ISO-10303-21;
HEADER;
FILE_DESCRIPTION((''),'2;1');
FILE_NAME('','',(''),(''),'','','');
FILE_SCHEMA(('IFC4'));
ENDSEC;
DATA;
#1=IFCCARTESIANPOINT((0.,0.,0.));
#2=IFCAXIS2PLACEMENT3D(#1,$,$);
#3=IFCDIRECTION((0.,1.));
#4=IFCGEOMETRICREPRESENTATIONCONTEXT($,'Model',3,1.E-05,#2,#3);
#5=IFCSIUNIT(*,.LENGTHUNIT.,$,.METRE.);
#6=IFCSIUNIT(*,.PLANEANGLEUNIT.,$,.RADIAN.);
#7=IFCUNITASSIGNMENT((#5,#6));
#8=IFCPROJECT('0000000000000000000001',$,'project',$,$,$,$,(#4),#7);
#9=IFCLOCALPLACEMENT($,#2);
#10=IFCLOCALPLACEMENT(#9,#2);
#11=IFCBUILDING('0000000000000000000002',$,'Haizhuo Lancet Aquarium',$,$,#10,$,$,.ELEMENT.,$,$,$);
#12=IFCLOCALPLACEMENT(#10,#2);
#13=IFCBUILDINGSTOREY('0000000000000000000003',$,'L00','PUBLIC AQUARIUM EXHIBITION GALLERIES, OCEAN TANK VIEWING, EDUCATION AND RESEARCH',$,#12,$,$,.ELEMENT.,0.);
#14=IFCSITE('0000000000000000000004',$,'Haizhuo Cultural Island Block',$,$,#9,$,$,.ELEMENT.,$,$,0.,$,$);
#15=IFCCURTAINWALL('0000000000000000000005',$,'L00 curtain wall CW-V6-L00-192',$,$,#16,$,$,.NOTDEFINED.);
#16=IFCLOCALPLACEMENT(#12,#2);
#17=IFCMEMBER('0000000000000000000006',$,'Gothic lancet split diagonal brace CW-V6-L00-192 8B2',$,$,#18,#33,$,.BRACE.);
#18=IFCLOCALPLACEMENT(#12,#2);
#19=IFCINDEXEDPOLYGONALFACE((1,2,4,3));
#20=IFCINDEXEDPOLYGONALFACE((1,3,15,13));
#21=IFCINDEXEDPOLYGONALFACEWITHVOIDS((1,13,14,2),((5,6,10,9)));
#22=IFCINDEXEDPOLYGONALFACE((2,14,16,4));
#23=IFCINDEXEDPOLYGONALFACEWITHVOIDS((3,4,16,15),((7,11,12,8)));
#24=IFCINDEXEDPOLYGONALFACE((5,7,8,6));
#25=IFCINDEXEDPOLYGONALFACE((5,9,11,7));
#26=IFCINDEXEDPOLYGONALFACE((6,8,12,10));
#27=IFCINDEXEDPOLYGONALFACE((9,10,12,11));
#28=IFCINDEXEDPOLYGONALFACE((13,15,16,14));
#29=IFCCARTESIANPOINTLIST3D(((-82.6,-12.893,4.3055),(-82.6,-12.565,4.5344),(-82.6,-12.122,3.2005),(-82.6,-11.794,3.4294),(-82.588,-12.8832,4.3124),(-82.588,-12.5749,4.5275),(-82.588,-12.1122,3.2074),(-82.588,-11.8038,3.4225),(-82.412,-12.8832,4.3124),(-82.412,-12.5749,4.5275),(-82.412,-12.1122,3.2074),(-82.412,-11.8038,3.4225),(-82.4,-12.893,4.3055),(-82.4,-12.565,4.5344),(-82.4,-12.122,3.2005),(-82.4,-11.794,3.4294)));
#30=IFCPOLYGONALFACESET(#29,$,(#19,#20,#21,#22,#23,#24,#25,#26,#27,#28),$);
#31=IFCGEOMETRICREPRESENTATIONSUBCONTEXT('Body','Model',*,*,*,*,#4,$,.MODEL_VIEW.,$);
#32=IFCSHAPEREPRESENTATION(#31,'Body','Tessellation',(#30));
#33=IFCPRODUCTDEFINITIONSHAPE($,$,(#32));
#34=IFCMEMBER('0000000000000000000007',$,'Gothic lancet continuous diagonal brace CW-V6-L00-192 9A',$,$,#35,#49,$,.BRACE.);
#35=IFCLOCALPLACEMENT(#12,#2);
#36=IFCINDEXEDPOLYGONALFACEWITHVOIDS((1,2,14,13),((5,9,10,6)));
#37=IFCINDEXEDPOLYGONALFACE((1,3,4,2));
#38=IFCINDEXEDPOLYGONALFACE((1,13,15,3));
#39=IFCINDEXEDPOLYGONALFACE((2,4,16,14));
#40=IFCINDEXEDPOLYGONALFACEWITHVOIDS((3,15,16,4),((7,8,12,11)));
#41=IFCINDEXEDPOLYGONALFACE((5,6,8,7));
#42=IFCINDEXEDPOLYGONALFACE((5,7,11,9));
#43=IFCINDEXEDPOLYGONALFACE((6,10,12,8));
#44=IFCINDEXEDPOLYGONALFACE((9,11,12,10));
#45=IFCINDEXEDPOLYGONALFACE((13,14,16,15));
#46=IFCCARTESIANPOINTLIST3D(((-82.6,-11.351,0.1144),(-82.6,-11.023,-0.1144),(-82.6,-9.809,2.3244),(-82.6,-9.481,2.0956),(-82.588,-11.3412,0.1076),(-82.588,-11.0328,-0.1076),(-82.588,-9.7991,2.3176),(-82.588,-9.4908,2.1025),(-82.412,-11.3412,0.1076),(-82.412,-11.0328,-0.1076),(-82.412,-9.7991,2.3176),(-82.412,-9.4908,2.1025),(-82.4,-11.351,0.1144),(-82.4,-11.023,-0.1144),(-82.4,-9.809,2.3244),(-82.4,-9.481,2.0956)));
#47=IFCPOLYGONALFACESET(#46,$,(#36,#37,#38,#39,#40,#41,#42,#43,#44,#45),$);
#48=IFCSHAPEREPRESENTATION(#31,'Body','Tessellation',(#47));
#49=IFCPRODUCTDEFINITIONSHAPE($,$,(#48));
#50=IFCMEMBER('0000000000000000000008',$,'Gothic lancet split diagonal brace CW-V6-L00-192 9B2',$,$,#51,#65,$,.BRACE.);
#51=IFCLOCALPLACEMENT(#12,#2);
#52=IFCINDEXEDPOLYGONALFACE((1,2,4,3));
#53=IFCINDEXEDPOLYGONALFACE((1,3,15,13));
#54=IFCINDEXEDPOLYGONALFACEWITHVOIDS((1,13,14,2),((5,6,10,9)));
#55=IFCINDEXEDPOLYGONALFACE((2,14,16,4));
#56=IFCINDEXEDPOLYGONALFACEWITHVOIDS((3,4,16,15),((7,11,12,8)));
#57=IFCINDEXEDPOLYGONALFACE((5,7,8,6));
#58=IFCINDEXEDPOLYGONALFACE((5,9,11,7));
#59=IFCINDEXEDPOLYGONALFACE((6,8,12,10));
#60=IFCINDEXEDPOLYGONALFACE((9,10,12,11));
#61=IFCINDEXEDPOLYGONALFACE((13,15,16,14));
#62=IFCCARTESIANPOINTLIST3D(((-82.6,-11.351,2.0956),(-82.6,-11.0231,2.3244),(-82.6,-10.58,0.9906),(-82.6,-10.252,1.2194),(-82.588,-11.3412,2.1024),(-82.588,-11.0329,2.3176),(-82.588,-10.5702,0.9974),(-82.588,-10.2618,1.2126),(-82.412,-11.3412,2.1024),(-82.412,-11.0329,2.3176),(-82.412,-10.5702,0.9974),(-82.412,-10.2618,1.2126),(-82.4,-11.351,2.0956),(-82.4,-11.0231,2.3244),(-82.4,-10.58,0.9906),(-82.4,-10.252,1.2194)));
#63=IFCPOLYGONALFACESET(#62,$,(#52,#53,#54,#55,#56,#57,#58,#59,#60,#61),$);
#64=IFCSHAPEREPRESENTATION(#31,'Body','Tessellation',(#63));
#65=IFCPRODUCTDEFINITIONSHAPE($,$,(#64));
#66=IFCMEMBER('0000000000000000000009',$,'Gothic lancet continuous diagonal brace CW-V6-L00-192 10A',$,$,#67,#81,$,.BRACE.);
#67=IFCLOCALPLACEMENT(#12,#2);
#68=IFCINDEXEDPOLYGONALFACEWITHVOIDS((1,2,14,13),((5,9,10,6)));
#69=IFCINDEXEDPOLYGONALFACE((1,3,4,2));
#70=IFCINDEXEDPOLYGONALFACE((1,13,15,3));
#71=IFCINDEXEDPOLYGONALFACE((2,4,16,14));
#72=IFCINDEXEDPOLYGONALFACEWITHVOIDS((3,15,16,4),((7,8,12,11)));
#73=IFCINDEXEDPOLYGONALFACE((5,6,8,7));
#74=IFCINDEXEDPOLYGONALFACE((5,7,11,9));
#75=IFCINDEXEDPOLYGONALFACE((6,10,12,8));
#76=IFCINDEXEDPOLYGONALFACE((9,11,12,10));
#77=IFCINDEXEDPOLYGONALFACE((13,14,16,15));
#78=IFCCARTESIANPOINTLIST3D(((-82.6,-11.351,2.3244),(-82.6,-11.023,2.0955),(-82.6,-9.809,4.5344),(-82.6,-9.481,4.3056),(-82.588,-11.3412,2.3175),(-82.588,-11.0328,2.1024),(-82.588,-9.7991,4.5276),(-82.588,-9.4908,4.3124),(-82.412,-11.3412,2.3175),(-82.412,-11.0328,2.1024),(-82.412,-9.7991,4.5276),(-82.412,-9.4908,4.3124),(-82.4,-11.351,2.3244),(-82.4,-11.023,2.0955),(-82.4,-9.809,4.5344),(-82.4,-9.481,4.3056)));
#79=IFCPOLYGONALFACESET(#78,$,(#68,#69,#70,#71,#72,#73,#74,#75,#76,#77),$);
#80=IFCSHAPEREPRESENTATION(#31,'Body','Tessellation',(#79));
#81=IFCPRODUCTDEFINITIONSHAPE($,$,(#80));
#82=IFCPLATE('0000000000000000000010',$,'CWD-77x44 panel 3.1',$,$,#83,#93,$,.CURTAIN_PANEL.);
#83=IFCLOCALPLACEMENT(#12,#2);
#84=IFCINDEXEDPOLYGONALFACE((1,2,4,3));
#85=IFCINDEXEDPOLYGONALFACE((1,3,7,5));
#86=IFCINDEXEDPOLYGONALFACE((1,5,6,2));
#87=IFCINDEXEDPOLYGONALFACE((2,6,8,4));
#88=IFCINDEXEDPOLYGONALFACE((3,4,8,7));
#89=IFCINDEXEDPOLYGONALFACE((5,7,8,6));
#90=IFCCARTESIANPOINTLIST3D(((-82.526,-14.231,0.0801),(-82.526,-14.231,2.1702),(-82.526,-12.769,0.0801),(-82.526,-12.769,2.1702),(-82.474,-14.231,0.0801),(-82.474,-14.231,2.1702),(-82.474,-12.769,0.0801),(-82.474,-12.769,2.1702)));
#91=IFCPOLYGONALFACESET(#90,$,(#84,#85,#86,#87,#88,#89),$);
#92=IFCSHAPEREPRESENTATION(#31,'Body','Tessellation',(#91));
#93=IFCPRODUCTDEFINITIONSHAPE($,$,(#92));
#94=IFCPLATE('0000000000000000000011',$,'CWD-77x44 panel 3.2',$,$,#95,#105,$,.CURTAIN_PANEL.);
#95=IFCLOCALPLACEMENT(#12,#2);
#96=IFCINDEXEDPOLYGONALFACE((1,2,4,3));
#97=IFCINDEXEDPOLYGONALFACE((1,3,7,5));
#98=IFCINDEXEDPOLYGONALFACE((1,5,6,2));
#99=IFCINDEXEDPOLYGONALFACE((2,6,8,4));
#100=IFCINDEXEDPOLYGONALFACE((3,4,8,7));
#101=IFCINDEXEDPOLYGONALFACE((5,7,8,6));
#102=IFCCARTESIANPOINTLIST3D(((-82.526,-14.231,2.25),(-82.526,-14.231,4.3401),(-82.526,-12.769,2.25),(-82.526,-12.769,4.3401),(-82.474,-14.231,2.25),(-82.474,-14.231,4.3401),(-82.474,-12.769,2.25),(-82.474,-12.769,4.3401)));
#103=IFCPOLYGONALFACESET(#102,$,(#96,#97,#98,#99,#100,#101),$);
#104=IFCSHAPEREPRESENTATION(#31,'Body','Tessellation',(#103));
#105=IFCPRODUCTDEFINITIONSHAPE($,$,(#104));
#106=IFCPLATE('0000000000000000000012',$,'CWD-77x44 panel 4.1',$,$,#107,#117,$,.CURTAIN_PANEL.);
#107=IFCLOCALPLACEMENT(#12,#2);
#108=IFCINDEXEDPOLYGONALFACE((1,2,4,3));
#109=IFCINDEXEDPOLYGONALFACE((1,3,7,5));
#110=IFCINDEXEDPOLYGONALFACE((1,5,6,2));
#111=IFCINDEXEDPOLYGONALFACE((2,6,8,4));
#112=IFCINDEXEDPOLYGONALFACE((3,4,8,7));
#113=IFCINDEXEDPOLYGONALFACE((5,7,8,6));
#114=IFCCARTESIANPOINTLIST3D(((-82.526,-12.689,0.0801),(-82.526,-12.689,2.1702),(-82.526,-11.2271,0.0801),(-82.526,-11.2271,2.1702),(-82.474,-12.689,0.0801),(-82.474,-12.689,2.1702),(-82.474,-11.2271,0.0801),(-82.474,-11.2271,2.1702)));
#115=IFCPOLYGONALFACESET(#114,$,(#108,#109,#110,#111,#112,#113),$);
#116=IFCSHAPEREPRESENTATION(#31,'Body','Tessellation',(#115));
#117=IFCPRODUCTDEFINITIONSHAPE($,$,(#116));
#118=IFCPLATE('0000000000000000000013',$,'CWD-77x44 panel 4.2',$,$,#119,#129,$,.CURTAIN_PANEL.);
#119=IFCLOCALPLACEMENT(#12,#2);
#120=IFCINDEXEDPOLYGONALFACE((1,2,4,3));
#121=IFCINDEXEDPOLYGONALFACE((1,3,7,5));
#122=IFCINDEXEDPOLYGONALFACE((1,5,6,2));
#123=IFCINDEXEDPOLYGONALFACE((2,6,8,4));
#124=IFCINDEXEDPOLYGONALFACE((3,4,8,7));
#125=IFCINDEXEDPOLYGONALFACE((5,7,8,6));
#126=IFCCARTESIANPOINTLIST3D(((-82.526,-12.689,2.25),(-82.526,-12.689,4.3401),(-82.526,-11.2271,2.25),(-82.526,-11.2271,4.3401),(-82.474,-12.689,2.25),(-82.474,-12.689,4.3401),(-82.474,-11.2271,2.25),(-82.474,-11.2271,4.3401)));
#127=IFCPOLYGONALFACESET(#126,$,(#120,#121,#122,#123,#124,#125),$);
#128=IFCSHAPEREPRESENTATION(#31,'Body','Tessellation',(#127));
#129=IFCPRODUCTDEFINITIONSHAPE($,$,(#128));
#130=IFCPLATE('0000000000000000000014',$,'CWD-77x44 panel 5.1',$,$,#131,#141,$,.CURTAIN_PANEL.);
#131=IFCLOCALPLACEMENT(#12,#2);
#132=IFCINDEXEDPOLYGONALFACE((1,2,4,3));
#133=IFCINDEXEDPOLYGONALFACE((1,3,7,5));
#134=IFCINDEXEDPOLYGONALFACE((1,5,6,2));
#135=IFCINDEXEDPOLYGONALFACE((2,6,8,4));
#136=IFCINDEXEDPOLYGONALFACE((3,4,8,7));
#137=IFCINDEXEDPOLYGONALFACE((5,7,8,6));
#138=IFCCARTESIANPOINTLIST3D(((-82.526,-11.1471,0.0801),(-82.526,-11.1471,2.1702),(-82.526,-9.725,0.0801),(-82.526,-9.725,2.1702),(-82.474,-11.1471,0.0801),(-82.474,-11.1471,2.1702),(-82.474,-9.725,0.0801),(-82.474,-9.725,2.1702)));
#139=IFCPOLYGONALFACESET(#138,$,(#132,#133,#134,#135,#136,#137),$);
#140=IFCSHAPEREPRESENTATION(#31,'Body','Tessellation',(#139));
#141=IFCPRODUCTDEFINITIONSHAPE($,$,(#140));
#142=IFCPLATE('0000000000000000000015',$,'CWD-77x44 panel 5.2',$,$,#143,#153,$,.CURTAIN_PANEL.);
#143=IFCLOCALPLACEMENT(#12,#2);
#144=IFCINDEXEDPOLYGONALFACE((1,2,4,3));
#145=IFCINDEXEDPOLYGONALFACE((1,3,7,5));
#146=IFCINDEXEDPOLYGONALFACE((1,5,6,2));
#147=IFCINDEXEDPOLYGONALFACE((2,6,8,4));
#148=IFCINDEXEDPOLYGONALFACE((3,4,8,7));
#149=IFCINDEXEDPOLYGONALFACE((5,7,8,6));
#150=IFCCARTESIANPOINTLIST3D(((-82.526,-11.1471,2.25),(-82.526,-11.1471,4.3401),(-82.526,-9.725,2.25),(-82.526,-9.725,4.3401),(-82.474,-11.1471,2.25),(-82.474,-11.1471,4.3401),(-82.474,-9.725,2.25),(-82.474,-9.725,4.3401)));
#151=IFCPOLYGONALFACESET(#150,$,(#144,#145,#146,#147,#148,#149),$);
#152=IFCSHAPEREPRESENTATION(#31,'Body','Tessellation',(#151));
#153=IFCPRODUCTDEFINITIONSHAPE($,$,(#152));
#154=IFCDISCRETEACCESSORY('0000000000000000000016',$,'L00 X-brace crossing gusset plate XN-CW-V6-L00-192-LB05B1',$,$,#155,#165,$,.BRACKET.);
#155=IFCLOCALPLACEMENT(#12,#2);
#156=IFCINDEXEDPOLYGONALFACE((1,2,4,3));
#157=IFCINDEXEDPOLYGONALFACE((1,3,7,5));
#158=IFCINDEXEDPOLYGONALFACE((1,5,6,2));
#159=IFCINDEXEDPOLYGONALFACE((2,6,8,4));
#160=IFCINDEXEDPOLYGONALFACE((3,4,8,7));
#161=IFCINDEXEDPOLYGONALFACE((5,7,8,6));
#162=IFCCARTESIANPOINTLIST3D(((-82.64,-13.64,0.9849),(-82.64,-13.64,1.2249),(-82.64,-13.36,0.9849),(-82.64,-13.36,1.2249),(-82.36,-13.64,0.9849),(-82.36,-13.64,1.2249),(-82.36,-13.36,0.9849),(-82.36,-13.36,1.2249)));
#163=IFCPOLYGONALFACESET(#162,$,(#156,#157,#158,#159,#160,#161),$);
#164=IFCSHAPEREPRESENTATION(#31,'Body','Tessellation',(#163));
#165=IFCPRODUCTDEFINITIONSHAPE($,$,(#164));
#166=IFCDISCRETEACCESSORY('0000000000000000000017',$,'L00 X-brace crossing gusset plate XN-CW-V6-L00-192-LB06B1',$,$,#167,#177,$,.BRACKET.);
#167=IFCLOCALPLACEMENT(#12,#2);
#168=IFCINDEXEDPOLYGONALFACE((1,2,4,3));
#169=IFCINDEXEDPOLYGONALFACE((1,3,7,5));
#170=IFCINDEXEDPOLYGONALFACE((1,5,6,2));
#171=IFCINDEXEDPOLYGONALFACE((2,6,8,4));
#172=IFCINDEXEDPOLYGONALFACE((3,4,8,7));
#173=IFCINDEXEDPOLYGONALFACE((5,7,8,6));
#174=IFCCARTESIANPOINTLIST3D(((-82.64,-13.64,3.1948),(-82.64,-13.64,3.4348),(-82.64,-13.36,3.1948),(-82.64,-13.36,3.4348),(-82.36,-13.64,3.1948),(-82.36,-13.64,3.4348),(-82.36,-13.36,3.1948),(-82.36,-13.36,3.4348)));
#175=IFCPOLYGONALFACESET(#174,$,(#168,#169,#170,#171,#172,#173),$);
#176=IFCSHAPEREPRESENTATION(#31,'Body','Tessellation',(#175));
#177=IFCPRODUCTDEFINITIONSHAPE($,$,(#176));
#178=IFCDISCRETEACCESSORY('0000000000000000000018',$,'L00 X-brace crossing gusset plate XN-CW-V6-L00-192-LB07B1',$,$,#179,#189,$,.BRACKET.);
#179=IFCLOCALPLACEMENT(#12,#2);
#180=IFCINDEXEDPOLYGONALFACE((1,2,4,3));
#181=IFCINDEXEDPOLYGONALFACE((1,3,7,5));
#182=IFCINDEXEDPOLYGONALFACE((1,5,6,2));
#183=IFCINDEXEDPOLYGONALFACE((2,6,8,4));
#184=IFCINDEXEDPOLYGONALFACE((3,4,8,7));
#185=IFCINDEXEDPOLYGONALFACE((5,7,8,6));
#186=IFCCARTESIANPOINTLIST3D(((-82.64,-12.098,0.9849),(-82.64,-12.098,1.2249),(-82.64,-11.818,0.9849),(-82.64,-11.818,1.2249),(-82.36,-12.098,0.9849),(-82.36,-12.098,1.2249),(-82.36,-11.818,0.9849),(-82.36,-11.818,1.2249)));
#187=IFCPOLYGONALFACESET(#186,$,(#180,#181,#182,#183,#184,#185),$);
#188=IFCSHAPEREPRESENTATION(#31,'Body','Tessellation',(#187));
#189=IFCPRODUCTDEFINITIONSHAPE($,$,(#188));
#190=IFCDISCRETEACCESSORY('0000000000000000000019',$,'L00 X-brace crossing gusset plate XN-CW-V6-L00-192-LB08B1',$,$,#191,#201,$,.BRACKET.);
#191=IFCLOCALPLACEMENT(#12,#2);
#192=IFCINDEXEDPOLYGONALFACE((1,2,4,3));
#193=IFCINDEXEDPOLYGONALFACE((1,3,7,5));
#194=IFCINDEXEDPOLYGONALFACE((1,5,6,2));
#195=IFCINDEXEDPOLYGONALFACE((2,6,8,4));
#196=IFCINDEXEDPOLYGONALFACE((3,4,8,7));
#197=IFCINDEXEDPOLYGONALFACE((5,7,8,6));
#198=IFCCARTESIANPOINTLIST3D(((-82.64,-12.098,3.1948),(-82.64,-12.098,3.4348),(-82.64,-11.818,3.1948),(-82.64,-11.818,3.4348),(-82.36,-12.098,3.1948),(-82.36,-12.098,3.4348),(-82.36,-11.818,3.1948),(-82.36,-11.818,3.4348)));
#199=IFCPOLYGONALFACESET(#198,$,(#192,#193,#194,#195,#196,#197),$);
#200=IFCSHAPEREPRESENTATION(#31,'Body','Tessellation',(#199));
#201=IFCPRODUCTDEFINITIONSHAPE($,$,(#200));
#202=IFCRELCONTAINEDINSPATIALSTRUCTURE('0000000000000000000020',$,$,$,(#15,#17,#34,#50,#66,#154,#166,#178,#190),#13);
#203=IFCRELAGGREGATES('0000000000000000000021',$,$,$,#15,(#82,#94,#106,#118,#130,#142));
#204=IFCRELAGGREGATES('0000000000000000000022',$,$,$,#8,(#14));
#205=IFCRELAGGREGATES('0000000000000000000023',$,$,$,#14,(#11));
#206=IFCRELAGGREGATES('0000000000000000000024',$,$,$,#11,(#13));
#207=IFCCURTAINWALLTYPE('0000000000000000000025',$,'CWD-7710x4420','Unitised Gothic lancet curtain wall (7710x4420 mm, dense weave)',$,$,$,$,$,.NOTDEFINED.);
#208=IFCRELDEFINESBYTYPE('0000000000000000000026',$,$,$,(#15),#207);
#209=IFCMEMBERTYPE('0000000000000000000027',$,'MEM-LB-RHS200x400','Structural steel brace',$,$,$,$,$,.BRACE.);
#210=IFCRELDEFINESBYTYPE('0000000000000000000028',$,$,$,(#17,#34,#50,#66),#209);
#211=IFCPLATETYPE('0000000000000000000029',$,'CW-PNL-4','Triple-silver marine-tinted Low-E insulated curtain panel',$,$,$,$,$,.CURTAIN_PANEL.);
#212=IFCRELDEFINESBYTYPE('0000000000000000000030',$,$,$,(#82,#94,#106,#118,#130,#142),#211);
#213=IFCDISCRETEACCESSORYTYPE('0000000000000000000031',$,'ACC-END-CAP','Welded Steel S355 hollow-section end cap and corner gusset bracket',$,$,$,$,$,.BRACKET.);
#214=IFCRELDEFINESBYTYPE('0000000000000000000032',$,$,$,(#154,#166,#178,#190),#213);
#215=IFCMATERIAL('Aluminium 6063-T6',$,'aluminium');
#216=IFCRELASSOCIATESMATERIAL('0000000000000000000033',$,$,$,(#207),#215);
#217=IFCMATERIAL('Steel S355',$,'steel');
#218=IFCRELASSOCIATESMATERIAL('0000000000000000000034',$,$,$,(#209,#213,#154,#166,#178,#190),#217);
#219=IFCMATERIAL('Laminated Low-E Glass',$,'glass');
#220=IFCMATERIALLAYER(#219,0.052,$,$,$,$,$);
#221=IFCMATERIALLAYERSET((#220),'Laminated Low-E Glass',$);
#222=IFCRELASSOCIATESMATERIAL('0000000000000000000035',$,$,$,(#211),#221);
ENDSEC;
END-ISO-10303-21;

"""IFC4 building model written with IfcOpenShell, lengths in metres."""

from ifc_helpers import new_model, si_unit, direction, frame, origin, origin_2d, place, context, subcontext, project, spatial, rectangle, hollow_rectangle, extrude, material, layer, layer_set, material_profile, profile_set, type_object, element, aggregate, save


model = new_model("IFC4")

# Units and contexts
model_context = context("Model", 3, precision=1e-05, world=origin(), true_north=direction((0.0, 1.0)))
body_context = subcontext(model_context, "Body", "Model", "MODEL_VIEW")
ifc_project = project(units=[si_unit("LENGTHUNIT", "METRE"), si_unit("PLANEANGLEUNIT", "RADIAN")], contexts=[model_context])

# Site, building, storey
site_placement = place(None, origin())
site = spatial("IfcSite", under=ifc_project, at=site_placement, Name="Haizhuo Cultural Island Block", CompositionType="ELEMENT", RefElevation=0.0)
building_placement = place(site_placement, origin())
building = spatial("IfcBuilding", under=site, at=building_placement, Name="Haizhuo Lancet Aquarium", CompositionType="ELEMENT")
storey_placement = place(building_placement, origin())
storey = spatial("IfcBuildingStorey", under=building, at=storey_placement, Name="L00", Description="PUBLIC AQUARIUM EXHIBITION GALLERIES, OCEAN TANK VIEWING, EDUCATION AND RESEARCH", CompositionType="ELEMENT", Elevation=0.0)

# Curtain wall
ifc_material_1 = material(Name="Aluminium 6063-T6", Category="aluminium")
curtain_wall_type = type_object("IfcCurtainWallType", Name="CWD-7710x4420", Description="Unitised Gothic lancet curtain wall (7710x4420 mm, dense weave)", PredefinedType="NOTDEFINED", material=ifc_material_1)
curtain_wall_placement = place(storey_placement, origin())
curtain_wall = element("IfcCurtainWall", 1, at=curtain_wall_placement, inside=storey, type_object=curtain_wall_type, Name="L00 curtain wall CW-V6-L00-192", PredefinedType="NOTDEFINED")

# Shared definitions
ifc_material_2 = material(Name="Steel S355", Category="steel")

# Members
ifc_material_profile_1 = material_profile(ifc_material_2, hollow_rectangle(XDim=0.2, YDim=0.3999, WallThickness=0.012, at=origin_2d()), Name="RHS 200x400x12")
ifc_profile_set_1 = profile_set([ifc_material_profile_1], Name="Steel S355")
member_type_1 = type_object("IfcMemberType", Name="MEM-LB-RHS200x400", Description="Structural steel brace", PredefinedType="BRACE", material=ifc_profile_set_1)
for number, where, z_axis, x_axis, name in (
    (2, (-82.5, -11.958, 3.3149), (0.0, -0.572221, 0.820099), (1.0, 0.0, 0.0), "Gothic lancet split diagonal brace CW-V6-L00-192 8B2"),
):
    element("IfcMember", number, at=place(storey_placement, frame(where, z_axis=z_axis, x_axis=x_axis)), inside=storey, type_object=member_type_1, Name=name, PredefinedType="BRACE", context=body_context, shape_type="SweptSolid", body=[
        extrude(hollow_rectangle(XDim=0.2, YDim=0.3999, WallThickness=0.012, at=origin_2d()), origin(), (0.0, 0.0, 1.0), 1.3474),
    ])
member_1_placement = place(storey_placement, frame((-82.5, -11.187, 0.0), z_axis=(0.0, 0.572221, 0.820099), x_axis=(-1.0, 0.0, 0.0)))
element("IfcMember", 3, at=member_1_placement, inside=storey, type_object=member_type_1, Name="Gothic lancet continuous diagonal brace CW-V6-L00-192 9A", PredefinedType="BRACE", context=body_context, shape_type="SweptSolid", body=[
    extrude(hollow_rectangle(XDim=0.2, YDim=0.3999, WallThickness=0.012, at=origin_2d()), origin(), (0.0, 0.0, 1.0), 2.6948),
])
member_2_placement = place(storey_placement, frame((-82.5, -10.416, 1.105), z_axis=(0.0, -0.572221, 0.820099), x_axis=(1.0, 0.0, 0.0)))
element("IfcMember", 4, at=member_2_placement, inside=storey, type_object=member_type_1, Name="Gothic lancet split diagonal brace CW-V6-L00-192 9B2", PredefinedType="BRACE", context=body_context, shape_type="SweptSolid", body=[
    extrude(hollow_rectangle(XDim=0.2, YDim=0.3999, WallThickness=0.012, at=origin_2d()), origin(), (0.0, 0.0, 1.0), 1.3474),
])
member_3_placement = place(storey_placement, frame((-82.5, -11.187, 2.21), z_axis=(0.0, 0.572221, 0.820099), x_axis=(-1.0, 0.0, 0.0)))
element("IfcMember", 5, at=member_3_placement, inside=storey, type_object=member_type_1, Name="Gothic lancet continuous diagonal brace CW-V6-L00-192 10A", PredefinedType="BRACE", context=body_context, shape_type="SweptSolid", body=[
    extrude(hollow_rectangle(XDim=0.2, YDim=0.3999, WallThickness=0.012, at=origin_2d()), origin(), (0.0, 0.0, 1.0), 2.6948),
])

# Plates
ifc_material_3 = material(Name="Laminated Low-E Glass", Category="glass")
ifc_layer = layer(ifc_material_3, 0.052)
ifc_layer_set = layer_set([ifc_layer], Name="Laminated Low-E Glass")
plate_type = type_object("IfcPlateType", Name="CW-PNL-4", Description="Triple-silver marine-tinted Low-E insulated curtain panel", PredefinedType="CURTAIN_PANEL", material=ifc_layer_set)
plate_1_placement = place(storey_placement, frame((-82.5, -13.5, 0.0801), z_axis=(0.0, 0.0, 1.0), x_axis=(0.0, 1.0, 0.0)))
plate_1 = element("IfcPlate", 6, at=plate_1_placement, type_object=plate_type, Name="CWD-77x44 panel 3.1", PredefinedType="CURTAIN_PANEL", context=body_context, shape_type="SweptSolid", body=[
    extrude(rectangle(XDim=1.4619, YDim=0.052, at=origin_2d()), origin(), (0.0, 0.0, 1.0), 2.0901),
])
plate_2_placement = place(storey_placement, frame((-82.5, -13.5, 2.25), z_axis=(0.0, 0.0, 1.0), x_axis=(0.0, 1.0, 0.0)))
plate_2 = element("IfcPlate", 7, at=plate_2_placement, type_object=plate_type, Name="CWD-77x44 panel 3.2", PredefinedType="CURTAIN_PANEL", context=body_context, shape_type="SweptSolid", body=[
    extrude(rectangle(XDim=1.4619, YDim=0.052, at=origin_2d()), origin(), (0.0, 0.0, 1.0), 2.0901),
])
plate_3_placement = place(storey_placement, frame((-82.5, -11.958, 0.0801), z_axis=(0.0, 0.0, 1.0), x_axis=(0.0, 1.0, 0.0)))
plate_3 = element("IfcPlate", 8, at=plate_3_placement, type_object=plate_type, Name="CWD-77x44 panel 4.1", PredefinedType="CURTAIN_PANEL", context=body_context, shape_type="SweptSolid", body=[
    extrude(rectangle(XDim=1.4619, YDim=0.052, at=origin_2d()), origin(), (0.0, 0.0, 1.0), 2.0901),
])
plate_4_placement = place(storey_placement, frame((-82.5, -11.958, 2.25), z_axis=(0.0, 0.0, 1.0), x_axis=(0.0, 1.0, 0.0)))
plate_4 = element("IfcPlate", 9, at=plate_4_placement, type_object=plate_type, Name="CWD-77x44 panel 4.2", PredefinedType="CURTAIN_PANEL", context=body_context, shape_type="SweptSolid", body=[
    extrude(rectangle(XDim=1.4619, YDim=0.052, at=origin_2d()), origin(), (0.0, 0.0, 1.0), 2.0901),
])
plate_5_placement = place(storey_placement, frame((-82.5, -10.436, 0.0801), z_axis=(0.0, 0.0, 1.0), x_axis=(0.0, 1.0, 0.0)))
plate_5 = element("IfcPlate", 10, at=plate_5_placement, type_object=plate_type, Name="CWD-77x44 panel 5.1", PredefinedType="CURTAIN_PANEL", context=body_context, shape_type="SweptSolid", body=[
    extrude(rectangle(XDim=1.4221, YDim=0.052, at=origin_2d()), origin(), (0.0, 0.0, 1.0), 2.0901),
])
plate_6_placement = place(storey_placement, frame((-82.5, -10.436, 2.25), z_axis=(0.0, 0.0, 1.0), x_axis=(0.0, 1.0, 0.0)))
plate_6 = element("IfcPlate", 11, at=plate_6_placement, type_object=plate_type, Name="CWD-77x44 panel 5.2", PredefinedType="CURTAIN_PANEL", context=body_context, shape_type="SweptSolid", body=[
    extrude(rectangle(XDim=1.4221, YDim=0.052, at=origin_2d()), origin(), (0.0, 0.0, 1.0), 2.0901),
])
aggregate(curtain_wall, [plate_1, plate_2, plate_3, plate_4, plate_5, plate_6])

# Discrete accessories
discrete_accessory_type = type_object("IfcDiscreteAccessoryType", Name="ACC-END-CAP", Description="Welded Steel S355 hollow-section end cap and corner gusset bracket", PredefinedType="BRACKET", material=ifc_material_2)
for number, where, z_axis, x_axis, name in (
    (12, (-82.5, -13.5, 0.9849), (0.0, 0.0, 1.0), (1.0, 0.0, 0.0), "L00 X-brace crossing gusset plate XN-CW-V6-L00-192-LB05B1"),
    (13, (-82.5, -13.5, 3.1948), (0.0, 0.0, 1.0), (1.0, 0.0, 0.0), "L00 X-brace crossing gusset plate XN-CW-V6-L00-192-LB06B1"),
    (14, (-82.5, -11.958, 0.9849), (0.0, 0.0, 1.0), (1.0, 0.0, 0.0), "L00 X-brace crossing gusset plate XN-CW-V6-L00-192-LB07B1"),
    (15, (-82.5, -11.958, 3.1948), (0.0, 0.0, 1.0), (1.0, 0.0, 0.0), "L00 X-brace crossing gusset plate XN-CW-V6-L00-192-LB08B1"),
):
    element("IfcDiscreteAccessory", number, at=place(storey_placement, frame(where, z_axis=z_axis, x_axis=x_axis)), inside=storey, type_object=discrete_accessory_type, material=ifc_material_2, Name=name, PredefinedType="BRACKET", context=body_context, shape_type="SweptSolid", body=[
        extrude(rectangle(XDim=0.28, YDim=0.28, at=origin_2d()), origin(), (0.0, 0.0, 1.0), 0.24),
    ])

save(model, "model.ifc")
